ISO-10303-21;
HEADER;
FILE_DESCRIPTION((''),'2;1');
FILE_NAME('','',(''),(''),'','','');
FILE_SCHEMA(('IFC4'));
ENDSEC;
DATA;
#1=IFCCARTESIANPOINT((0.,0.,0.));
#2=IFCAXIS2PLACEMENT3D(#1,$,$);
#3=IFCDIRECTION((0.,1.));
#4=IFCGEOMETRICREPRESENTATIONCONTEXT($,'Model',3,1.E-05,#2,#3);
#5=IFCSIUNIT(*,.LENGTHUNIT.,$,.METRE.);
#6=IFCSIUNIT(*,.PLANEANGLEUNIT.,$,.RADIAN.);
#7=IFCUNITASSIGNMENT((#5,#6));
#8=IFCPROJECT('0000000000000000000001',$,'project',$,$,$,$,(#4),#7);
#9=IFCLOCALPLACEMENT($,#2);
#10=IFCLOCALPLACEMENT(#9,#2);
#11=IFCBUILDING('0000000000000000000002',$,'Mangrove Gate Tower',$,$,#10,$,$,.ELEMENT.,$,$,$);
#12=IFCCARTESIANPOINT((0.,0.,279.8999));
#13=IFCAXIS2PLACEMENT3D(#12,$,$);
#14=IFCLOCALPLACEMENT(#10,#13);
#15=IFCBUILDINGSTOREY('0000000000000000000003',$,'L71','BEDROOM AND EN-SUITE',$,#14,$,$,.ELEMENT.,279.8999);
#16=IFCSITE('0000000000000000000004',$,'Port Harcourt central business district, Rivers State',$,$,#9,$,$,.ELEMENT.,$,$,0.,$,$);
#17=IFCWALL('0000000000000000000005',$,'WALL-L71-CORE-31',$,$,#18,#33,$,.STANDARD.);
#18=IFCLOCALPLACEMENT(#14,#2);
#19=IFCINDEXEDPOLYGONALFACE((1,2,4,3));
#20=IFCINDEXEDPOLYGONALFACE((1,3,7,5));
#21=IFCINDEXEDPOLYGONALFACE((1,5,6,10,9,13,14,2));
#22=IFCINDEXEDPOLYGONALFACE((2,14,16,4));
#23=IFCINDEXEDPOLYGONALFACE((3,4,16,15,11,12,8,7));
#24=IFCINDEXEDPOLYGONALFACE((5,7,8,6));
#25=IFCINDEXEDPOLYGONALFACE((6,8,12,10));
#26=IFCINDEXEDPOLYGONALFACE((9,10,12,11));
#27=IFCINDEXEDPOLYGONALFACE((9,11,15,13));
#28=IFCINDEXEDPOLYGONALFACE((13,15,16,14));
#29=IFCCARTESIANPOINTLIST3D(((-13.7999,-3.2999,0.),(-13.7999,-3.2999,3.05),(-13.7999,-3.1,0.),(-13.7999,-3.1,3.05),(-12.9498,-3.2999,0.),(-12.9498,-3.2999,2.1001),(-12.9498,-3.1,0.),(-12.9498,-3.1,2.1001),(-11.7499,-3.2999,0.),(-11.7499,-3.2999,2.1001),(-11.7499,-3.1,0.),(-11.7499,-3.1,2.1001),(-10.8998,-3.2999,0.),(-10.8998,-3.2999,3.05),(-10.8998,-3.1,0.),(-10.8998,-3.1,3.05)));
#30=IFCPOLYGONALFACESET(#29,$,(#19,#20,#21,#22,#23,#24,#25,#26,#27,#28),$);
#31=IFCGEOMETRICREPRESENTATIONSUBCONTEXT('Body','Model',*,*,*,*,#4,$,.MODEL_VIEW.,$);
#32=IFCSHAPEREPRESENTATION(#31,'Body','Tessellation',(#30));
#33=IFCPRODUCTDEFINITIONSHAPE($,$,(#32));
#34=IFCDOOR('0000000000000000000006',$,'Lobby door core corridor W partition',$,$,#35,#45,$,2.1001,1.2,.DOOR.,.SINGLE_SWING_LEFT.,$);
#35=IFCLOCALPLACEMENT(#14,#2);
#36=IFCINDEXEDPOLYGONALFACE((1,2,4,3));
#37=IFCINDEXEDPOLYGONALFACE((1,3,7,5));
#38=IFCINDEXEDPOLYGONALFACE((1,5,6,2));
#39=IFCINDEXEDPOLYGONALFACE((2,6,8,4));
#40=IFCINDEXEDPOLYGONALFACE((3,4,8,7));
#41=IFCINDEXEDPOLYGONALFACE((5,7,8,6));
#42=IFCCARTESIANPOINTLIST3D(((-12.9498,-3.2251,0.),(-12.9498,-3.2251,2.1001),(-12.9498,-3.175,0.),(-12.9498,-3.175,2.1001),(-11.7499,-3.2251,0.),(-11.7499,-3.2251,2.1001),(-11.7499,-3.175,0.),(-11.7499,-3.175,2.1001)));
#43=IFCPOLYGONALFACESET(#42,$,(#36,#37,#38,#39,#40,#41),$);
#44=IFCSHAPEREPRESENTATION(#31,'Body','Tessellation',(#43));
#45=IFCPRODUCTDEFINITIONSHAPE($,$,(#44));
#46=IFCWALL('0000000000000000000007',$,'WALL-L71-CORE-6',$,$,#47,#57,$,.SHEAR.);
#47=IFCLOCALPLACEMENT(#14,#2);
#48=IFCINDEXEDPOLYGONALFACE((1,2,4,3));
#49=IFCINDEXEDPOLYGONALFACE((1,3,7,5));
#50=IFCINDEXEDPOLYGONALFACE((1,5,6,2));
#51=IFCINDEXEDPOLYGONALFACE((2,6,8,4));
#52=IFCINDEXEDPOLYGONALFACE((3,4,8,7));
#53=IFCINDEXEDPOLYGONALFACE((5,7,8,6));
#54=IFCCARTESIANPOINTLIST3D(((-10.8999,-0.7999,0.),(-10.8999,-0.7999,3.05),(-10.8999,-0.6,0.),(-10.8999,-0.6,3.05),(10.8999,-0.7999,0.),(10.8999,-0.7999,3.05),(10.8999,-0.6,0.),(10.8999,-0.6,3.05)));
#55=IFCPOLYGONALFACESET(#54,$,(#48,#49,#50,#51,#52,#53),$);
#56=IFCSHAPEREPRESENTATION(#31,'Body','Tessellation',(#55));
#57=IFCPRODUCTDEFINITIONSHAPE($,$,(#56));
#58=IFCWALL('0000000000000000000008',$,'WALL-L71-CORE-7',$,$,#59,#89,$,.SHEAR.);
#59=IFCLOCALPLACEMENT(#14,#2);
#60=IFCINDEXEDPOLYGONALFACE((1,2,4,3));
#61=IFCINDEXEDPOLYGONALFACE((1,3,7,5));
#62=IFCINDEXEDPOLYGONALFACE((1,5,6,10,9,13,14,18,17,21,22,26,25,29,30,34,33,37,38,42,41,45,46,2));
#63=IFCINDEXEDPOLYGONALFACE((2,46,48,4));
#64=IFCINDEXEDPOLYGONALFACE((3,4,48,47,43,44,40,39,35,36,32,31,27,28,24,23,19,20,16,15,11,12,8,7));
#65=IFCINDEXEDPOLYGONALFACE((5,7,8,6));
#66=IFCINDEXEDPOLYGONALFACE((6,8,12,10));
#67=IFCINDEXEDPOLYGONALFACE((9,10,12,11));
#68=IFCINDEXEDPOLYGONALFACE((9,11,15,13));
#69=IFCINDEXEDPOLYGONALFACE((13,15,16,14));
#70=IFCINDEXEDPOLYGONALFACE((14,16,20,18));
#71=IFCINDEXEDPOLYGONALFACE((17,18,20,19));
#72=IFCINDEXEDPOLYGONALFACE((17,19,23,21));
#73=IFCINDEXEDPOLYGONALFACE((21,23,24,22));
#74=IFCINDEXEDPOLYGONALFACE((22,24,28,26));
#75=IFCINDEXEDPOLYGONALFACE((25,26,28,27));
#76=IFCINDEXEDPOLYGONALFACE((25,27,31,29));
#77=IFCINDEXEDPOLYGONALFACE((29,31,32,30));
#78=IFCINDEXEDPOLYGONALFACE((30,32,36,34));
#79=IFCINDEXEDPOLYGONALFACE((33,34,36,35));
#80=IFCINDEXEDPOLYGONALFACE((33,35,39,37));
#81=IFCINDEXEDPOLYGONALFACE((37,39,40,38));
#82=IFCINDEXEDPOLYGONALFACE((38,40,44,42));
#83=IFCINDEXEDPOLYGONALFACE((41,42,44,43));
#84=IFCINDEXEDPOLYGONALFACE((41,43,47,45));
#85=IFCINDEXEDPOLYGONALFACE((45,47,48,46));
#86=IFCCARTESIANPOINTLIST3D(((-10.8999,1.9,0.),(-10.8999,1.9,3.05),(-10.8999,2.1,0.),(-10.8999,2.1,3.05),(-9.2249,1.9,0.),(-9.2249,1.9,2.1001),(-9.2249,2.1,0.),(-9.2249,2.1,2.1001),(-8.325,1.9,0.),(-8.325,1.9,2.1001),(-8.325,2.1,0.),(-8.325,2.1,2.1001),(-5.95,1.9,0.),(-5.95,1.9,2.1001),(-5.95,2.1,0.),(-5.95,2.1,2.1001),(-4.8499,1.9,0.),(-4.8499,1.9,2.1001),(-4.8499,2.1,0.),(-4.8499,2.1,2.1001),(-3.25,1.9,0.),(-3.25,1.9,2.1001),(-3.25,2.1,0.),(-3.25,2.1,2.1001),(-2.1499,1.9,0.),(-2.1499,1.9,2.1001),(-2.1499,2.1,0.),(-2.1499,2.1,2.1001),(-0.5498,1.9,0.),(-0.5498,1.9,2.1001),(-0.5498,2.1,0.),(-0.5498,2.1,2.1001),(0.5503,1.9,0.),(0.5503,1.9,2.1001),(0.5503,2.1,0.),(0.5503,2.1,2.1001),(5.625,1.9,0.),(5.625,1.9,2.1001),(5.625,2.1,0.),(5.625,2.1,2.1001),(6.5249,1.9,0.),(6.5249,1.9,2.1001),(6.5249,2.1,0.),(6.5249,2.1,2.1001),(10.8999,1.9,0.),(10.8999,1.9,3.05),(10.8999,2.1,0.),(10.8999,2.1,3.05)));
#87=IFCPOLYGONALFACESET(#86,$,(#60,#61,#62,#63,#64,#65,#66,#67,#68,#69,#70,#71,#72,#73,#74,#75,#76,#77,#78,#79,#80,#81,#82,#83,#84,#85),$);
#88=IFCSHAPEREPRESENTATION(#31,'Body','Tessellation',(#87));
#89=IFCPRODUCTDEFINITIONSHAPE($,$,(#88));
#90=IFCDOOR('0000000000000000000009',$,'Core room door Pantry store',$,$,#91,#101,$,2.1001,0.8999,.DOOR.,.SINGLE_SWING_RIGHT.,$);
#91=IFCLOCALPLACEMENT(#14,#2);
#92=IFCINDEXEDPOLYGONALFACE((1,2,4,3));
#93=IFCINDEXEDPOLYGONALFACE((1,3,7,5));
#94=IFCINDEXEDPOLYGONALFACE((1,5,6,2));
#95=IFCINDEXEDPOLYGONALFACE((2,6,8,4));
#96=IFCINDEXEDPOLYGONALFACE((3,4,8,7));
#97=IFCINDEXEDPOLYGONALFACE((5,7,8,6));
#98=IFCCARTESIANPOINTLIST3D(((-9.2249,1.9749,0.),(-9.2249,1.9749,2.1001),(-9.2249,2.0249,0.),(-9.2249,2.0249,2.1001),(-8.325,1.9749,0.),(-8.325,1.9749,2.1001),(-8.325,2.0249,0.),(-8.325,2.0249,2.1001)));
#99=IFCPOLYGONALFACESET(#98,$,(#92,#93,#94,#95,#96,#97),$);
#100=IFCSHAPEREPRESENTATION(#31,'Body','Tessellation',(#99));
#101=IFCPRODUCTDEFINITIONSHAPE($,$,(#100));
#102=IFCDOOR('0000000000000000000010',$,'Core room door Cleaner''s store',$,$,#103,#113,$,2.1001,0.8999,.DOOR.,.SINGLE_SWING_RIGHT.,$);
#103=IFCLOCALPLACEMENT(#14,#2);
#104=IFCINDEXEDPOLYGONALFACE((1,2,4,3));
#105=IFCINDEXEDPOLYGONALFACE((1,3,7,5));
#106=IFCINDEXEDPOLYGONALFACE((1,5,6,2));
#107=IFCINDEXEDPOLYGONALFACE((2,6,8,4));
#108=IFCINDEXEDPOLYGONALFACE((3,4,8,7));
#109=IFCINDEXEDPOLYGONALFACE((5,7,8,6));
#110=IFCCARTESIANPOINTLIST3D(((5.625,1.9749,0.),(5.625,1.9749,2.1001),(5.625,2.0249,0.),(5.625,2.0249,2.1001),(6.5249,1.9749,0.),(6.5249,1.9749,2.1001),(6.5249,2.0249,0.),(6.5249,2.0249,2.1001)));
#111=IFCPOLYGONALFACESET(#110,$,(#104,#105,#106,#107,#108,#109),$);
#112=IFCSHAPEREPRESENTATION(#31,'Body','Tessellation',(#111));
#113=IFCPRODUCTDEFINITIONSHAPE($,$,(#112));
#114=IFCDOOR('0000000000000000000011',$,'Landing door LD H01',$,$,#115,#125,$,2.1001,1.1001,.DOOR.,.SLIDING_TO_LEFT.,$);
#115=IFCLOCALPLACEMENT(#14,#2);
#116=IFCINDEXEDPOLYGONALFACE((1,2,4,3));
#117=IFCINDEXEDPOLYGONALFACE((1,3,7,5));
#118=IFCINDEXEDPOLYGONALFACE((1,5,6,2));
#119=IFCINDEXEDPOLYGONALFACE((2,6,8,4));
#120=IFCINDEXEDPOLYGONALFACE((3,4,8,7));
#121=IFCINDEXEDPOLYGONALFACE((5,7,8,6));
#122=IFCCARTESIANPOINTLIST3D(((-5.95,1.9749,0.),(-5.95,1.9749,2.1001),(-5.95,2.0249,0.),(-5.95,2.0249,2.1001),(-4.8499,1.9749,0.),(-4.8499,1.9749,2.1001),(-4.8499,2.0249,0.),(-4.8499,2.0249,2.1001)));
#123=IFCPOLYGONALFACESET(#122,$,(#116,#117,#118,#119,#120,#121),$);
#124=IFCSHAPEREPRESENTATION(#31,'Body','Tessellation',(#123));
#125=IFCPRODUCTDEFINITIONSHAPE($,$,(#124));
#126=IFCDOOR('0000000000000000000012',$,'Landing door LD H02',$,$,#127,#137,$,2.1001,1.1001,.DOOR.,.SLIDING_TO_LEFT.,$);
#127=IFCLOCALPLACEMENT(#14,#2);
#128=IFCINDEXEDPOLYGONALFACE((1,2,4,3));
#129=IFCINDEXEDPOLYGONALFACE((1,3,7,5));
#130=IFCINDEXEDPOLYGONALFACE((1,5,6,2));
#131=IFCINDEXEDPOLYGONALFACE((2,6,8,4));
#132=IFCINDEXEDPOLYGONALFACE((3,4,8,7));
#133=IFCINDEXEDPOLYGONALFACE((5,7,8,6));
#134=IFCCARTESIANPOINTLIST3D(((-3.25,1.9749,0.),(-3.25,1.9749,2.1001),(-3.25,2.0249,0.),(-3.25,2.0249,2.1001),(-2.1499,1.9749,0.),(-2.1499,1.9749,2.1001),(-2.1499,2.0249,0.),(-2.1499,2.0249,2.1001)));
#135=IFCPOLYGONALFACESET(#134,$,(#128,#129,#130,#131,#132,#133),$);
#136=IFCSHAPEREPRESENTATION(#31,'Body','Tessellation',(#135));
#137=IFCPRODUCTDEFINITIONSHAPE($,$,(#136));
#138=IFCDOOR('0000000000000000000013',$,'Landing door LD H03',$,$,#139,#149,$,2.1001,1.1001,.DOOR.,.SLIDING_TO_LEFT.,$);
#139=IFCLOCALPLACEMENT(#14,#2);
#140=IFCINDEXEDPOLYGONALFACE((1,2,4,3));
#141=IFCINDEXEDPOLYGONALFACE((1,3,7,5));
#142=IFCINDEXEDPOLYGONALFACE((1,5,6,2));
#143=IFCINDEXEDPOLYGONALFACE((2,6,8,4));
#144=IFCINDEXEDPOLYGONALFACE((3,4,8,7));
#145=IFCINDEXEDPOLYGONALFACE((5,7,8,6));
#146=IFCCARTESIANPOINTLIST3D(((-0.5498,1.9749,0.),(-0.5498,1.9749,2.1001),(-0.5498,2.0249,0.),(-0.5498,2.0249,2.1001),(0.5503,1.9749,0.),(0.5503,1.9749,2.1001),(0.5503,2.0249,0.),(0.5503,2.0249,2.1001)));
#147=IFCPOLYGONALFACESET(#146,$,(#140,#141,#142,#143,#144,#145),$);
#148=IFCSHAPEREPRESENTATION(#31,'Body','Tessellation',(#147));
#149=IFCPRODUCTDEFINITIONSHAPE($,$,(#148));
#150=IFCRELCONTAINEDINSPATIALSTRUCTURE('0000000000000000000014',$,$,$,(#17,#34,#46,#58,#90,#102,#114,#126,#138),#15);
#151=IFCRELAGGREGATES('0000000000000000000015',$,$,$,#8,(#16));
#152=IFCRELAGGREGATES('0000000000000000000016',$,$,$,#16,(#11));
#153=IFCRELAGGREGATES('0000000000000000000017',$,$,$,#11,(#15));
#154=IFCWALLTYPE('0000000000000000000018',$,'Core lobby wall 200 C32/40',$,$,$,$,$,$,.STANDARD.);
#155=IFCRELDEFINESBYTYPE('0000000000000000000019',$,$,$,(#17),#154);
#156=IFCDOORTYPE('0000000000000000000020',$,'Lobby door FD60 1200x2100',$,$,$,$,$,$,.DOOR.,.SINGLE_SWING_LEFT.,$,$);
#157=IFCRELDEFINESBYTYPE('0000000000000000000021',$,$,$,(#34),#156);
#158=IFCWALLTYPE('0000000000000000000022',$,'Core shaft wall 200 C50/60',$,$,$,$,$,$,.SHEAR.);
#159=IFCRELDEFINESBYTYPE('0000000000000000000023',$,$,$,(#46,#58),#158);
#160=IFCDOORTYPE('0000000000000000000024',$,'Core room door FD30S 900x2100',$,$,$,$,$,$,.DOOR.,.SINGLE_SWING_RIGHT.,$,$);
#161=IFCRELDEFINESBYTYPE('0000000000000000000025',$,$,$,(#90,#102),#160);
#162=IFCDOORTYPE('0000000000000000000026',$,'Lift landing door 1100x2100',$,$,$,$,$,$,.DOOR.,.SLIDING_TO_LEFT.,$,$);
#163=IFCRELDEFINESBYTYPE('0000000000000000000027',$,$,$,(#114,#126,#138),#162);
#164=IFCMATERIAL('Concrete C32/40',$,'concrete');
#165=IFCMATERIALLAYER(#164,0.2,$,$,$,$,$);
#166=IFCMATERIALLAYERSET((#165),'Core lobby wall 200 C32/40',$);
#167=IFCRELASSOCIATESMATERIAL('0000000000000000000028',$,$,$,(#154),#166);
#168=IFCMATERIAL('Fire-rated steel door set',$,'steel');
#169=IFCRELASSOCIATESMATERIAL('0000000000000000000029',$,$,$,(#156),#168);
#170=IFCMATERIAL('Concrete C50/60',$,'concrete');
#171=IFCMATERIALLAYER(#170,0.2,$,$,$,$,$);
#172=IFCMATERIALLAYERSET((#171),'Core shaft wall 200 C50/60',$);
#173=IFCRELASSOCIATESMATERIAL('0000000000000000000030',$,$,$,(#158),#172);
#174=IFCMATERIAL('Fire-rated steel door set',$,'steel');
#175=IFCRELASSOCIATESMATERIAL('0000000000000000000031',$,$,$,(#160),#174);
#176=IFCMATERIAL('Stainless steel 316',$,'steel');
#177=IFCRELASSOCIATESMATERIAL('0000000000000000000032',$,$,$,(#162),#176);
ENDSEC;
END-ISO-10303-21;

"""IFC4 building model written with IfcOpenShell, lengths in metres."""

from ifc_helpers import new_model, si_unit, direction, frame, frame_2d, origin, place, context, subcontext, project, spatial, rectangle, extrude, material, layer, layer_set, type_object, element, fill, save


model = new_model("IFC4")

# Units and contexts
model_context = context("Model", 3, precision=1e-05, world=origin(), true_north=direction((0.0, 1.0)))
body_context = subcontext(model_context, "Body", "Model", "MODEL_VIEW")
ifc_project = project(units=[si_unit("LENGTHUNIT", "METRE"), si_unit("PLANEANGLEUNIT", "RADIAN")], contexts=[model_context])

# Site, building, storey
site_placement = place(None, origin())
site = spatial("IfcSite", under=ifc_project, at=site_placement, Name="Port Harcourt central business district, Rivers State", CompositionType="ELEMENT", RefElevation=0.0)
building_placement = place(site_placement, origin())
building = spatial("IfcBuilding", under=site, at=building_placement, Name="Mangrove Gate Tower", CompositionType="ELEMENT")
storey_placement = place(building_placement, frame((0.0, 0.0, 279.8999)))
storey = spatial("IfcBuildingStorey", under=building, at=storey_placement, Name="L71", Description="BEDROOM AND EN-SUITE", CompositionType="ELEMENT", Elevation=279.8999)

# Wall, opening, door
ifc_material_1 = material(Name="Concrete C32/40", Category="concrete")
ifc_layer_1 = layer(ifc_material_1, 0.2)
ifc_layer_set_1 = layer_set([ifc_layer_1], Name="Core lobby wall 200 C32/40")
wall_type_1 = type_object("IfcWallType", Name="Core lobby wall 200 C32/40", PredefinedType="STANDARD", material=ifc_layer_set_1)
wall_1_placement = place(storey_placement, frame((-13.8, -3.2, 0.0), z_axis=(0.0, 0.0, 1.0), x_axis=(1.0, 0.0, 0.0)))
wall_1 = element("IfcWall", 1, at=wall_1_placement, inside=storey, type_object=wall_type_1, Name="WALL-L71-CORE-31", PredefinedType="STANDARD", context=body_context, shape_type="SweptSolid", body=[
    extrude(rectangle(XDim=2.9001, YDim=0.2, at=frame_2d((1.4502, 0.0))), origin(), (0.0, 0.0, 1.0), 3.05),
])
opening_1_placement = place(wall_1_placement, frame((0.8501, 0.0, 0.0)))
opening_1 = element("IfcOpeningElement", 2, at=opening_1_placement, cuts=wall_1, PredefinedType="OPENING", context=body_context, shape_type="SweptSolid", body=[
    extrude(rectangle(XDim=1.2, YDim=2.1001, at=frame_2d((0.6001, 1.05))), frame((0.0, 0.1099, 0.0), z_axis=(0.0, -1.0, 0.0), x_axis=(1.0, 0.0, 0.0)), (0.0, 0.0, 1.0), 0.22),
])
ifc_material_2 = material(Name="Fire-rated steel door set", Category="steel")
door_type_1 = type_object("IfcDoorType", Name="Lobby door FD60 1200x2100", OperationType="SINGLE_SWING_LEFT", PredefinedType="DOOR", material=ifc_material_2)
door_1_placement = place(opening_1_placement, origin())
door_1 = element("IfcDoor", 3, at=door_1_placement, inside=storey, type_object=door_type_1, Name="Lobby door core corridor W partition", OperationType="SINGLE_SWING_LEFT", OverallHeight=2.1001, OverallWidth=1.2, PredefinedType="DOOR", context=body_context, shape_type="SweptSolid", body=[
    extrude(rectangle(XDim=1.2, YDim=2.1001, at=frame_2d((0.6001, 1.05))), frame((0.0, 0.0249, 0.0), z_axis=(0.0, -1.0, 0.0), x_axis=(1.0, 0.0, 0.0)), (0.0, 0.0, 1.0), 0.05),
])
fill(opening_1, door_1)

# Wall
ifc_material_3 = material(Name="Concrete C50/60", Category="concrete")
ifc_layer_2 = layer(ifc_material_3, 0.2)
ifc_layer_set_2 = layer_set([ifc_layer_2], Name="Core shaft wall 200 C50/60")
wall_type_2 = type_object("IfcWallType", Name="Core shaft wall 200 C50/60", PredefinedType="SHEAR", material=ifc_layer_set_2)
wall_2_placement = place(storey_placement, frame((-10.8999, -0.7, 0.0), z_axis=(0.0, 0.0, 1.0), x_axis=(1.0, 0.0, 0.0)))
element("IfcWall", 4, at=wall_2_placement, inside=storey, type_object=wall_type_2, Name="WALL-L71-CORE-6", PredefinedType="SHEAR", context=body_context, shape_type="SweptSolid", body=[
    extrude(rectangle(XDim=21.7998, YDim=0.2, at=frame_2d((10.8999, 0.0))), origin(), (0.0, 0.0, 1.0), 3.05),
])

# Wall, openings, doors
wall_3_placement = place(storey_placement, frame((-10.8999, 2.0, 0.0), z_axis=(0.0, 0.0, 1.0), x_axis=(1.0, 0.0, 0.0)))
wall_3 = element("IfcWall", 5, at=wall_3_placement, inside=storey, type_object=wall_type_2, Name="WALL-L71-CORE-7", PredefinedType="SHEAR", context=body_context, shape_type="SweptSolid", body=[
    extrude(rectangle(XDim=21.7998, YDim=0.2, at=frame_2d((10.8999, 0.0))), origin(), (0.0, 0.0, 1.0), 3.05),
])
opening_2_placement = place(wall_3_placement, frame((4.95, 0.0, 0.0)))
opening_2 = element("IfcOpeningElement", 6, at=opening_2_placement, cuts=wall_3, PredefinedType="OPENING", context=body_context, shape_type="SweptSolid", body=[
    extrude(rectangle(XDim=1.1001, YDim=2.1001, at=frame_2d((0.55, 1.05))), frame((0.0, 0.1099, 0.0), z_axis=(0.0, -1.0, 0.0), x_axis=(1.0, 0.0, 0.0)), (0.0, 0.0, 1.0), 0.22),
])
opening_3_placement = place(wall_3_placement, frame((7.6499, 0.0, 0.0)))
opening_3 = element("IfcOpeningElement", 7, at=opening_3_placement, cuts=wall_3, PredefinedType="OPENING", context=body_context, shape_type="SweptSolid", body=[
    extrude(rectangle(XDim=1.1001, YDim=2.1001, at=frame_2d((0.55, 1.05))), frame((0.0, 0.1099, 0.0), z_axis=(0.0, -1.0, 0.0), x_axis=(1.0, 0.0, 0.0)), (0.0, 0.0, 1.0), 0.22),
])
opening_4_placement = place(wall_3_placement, frame((10.3501, 0.0, 0.0)))
opening_4 = element("IfcOpeningElement", 8, at=opening_4_placement, cuts=wall_3, PredefinedType="OPENING", context=body_context, shape_type="SweptSolid", body=[
    extrude(rectangle(XDim=1.1001, YDim=2.1001, at=frame_2d((0.55, 1.05))), frame((0.0, 0.1099, 0.0), z_axis=(0.0, -1.0, 0.0), x_axis=(1.0, 0.0, 0.0)), (0.0, 0.0, 1.0), 0.22),
])
opening_5_placement = place(wall_3_placement, frame((1.675, 0.0, 0.0)))
opening_5 = element("IfcOpeningElement", 9, at=opening_5_placement, cuts=wall_3, PredefinedType="OPENING", context=body_context, shape_type="SweptSolid", body=[
    extrude(rectangle(XDim=0.8999, YDim=2.1001, at=frame_2d((0.45, 1.05))), frame((0.0, 0.1099, 0.0), z_axis=(0.0, -1.0, 0.0), x_axis=(1.0, 0.0, 0.0)), (0.0, 0.0, 1.0), 0.22),
])
opening_6_placement = place(wall_3_placement, frame((16.5249, 0.0, 0.0)))
opening_6 = element("IfcOpeningElement", 10, at=opening_6_placement, cuts=wall_3, PredefinedType="OPENING", context=body_context, shape_type="SweptSolid", body=[
    extrude(rectangle(XDim=0.8999, YDim=2.1001, at=frame_2d((0.45, 1.05))), frame((0.0, 0.1099, 0.0), z_axis=(0.0, -1.0, 0.0), x_axis=(1.0, 0.0, 0.0)), (0.0, 0.0, 1.0), 0.22),
])
ifc_material_4 = material(Name="Fire-rated steel door set", Category="steel")
door_type_2 = type_object("IfcDoorType", Name="Core room door FD30S 900x2100", OperationType="SINGLE_SWING_RIGHT", PredefinedType="DOOR", material=ifc_material_4)
door_2_placement = place(opening_5_placement, origin())
door_2 = element("IfcDoor", 11, at=door_2_placement, inside=storey, type_object=door_type_2, Name="Core room door Pantry store", OperationType="SINGLE_SWING_RIGHT", OverallHeight=2.1001, OverallWidth=0.8999, PredefinedType="DOOR", context=body_context, shape_type="SweptSolid", body=[
    extrude(rectangle(XDim=0.8999, YDim=2.1001, at=frame_2d((0.45, 1.05))), frame((0.0, 0.0249, 0.0), z_axis=(0.0, -1.0, 0.0), x_axis=(1.0, 0.0, 0.0)), (0.0, 0.0, 1.0), 0.05),
])
fill(opening_5, door_2)
door_3_placement = place(opening_6_placement, origin())
door_3 = element("IfcDoor", 12, at=door_3_placement, inside=storey, type_object=door_type_2, Name="Core room door Cleaner's store", OperationType="SINGLE_SWING_RIGHT", OverallHeight=2.1001, OverallWidth=0.8999, PredefinedType="DOOR", context=body_context, shape_type="SweptSolid", body=[
    extrude(rectangle(XDim=0.8999, YDim=2.1001, at=frame_2d((0.45, 1.05))), frame((0.0, 0.0249, 0.0), z_axis=(0.0, -1.0, 0.0), x_axis=(1.0, 0.0, 0.0)), (0.0, 0.0, 1.0), 0.05),
])
fill(opening_6, door_3)
ifc_material_5 = material(Name="Stainless steel 316", Category="steel")
door_type_3 = type_object("IfcDoorType", Name="Lift landing door 1100x2100", OperationType="SLIDING_TO_LEFT", PredefinedType="DOOR", material=ifc_material_5)
door_4_placement = place(opening_2_placement, origin())
door_4 = element("IfcDoor", 13, at=door_4_placement, inside=storey, type_object=door_type_3, Name="Landing door LD H01", OperationType="SLIDING_TO_LEFT", OverallHeight=2.1001, OverallWidth=1.1001, PredefinedType="DOOR", context=body_context, shape_type="SweptSolid", body=[
    extrude(rectangle(XDim=1.1001, YDim=2.1001, at=frame_2d((0.55, 1.05))), frame((0.0, 0.0249, 0.0), z_axis=(0.0, -1.0, 0.0), x_axis=(1.0, 0.0, 0.0)), (0.0, 0.0, 1.0), 0.05),
])
fill(opening_2, door_4)
door_5_placement = place(opening_3_placement, origin())
door_5 = element("IfcDoor", 14, at=door_5_placement, inside=storey, type_object=door_type_3, Name="Landing door LD H02", OperationType="SLIDING_TO_LEFT", OverallHeight=2.1001, OverallWidth=1.1001, PredefinedType="DOOR", context=body_context, shape_type="SweptSolid", body=[
    extrude(rectangle(XDim=1.1001, YDim=2.1001, at=frame_2d((0.55, 1.05))), frame((0.0, 0.0249, 0.0), z_axis=(0.0, -1.0, 0.0), x_axis=(1.0, 0.0, 0.0)), (0.0, 0.0, 1.0), 0.05),
])
fill(opening_3, door_5)
door_6_placement = place(opening_4_placement, origin())
door_6 = element("IfcDoor", 15, at=door_6_placement, inside=storey, type_object=door_type_3, Name="Landing door LD H03", OperationType="SLIDING_TO_LEFT", OverallHeight=2.1001, OverallWidth=1.1001, PredefinedType="DOOR", context=body_context, shape_type="SweptSolid", body=[
    extrude(rectangle(XDim=1.1001, YDim=2.1001, at=frame_2d((0.55, 1.05))), frame((0.0, 0.0249, 0.0), z_axis=(0.0, -1.0, 0.0), x_axis=(1.0, 0.0, 0.0)), (0.0, 0.0, 1.0), 0.05),
])
fill(opening_4, door_6)

save(model, "model.ifc")
